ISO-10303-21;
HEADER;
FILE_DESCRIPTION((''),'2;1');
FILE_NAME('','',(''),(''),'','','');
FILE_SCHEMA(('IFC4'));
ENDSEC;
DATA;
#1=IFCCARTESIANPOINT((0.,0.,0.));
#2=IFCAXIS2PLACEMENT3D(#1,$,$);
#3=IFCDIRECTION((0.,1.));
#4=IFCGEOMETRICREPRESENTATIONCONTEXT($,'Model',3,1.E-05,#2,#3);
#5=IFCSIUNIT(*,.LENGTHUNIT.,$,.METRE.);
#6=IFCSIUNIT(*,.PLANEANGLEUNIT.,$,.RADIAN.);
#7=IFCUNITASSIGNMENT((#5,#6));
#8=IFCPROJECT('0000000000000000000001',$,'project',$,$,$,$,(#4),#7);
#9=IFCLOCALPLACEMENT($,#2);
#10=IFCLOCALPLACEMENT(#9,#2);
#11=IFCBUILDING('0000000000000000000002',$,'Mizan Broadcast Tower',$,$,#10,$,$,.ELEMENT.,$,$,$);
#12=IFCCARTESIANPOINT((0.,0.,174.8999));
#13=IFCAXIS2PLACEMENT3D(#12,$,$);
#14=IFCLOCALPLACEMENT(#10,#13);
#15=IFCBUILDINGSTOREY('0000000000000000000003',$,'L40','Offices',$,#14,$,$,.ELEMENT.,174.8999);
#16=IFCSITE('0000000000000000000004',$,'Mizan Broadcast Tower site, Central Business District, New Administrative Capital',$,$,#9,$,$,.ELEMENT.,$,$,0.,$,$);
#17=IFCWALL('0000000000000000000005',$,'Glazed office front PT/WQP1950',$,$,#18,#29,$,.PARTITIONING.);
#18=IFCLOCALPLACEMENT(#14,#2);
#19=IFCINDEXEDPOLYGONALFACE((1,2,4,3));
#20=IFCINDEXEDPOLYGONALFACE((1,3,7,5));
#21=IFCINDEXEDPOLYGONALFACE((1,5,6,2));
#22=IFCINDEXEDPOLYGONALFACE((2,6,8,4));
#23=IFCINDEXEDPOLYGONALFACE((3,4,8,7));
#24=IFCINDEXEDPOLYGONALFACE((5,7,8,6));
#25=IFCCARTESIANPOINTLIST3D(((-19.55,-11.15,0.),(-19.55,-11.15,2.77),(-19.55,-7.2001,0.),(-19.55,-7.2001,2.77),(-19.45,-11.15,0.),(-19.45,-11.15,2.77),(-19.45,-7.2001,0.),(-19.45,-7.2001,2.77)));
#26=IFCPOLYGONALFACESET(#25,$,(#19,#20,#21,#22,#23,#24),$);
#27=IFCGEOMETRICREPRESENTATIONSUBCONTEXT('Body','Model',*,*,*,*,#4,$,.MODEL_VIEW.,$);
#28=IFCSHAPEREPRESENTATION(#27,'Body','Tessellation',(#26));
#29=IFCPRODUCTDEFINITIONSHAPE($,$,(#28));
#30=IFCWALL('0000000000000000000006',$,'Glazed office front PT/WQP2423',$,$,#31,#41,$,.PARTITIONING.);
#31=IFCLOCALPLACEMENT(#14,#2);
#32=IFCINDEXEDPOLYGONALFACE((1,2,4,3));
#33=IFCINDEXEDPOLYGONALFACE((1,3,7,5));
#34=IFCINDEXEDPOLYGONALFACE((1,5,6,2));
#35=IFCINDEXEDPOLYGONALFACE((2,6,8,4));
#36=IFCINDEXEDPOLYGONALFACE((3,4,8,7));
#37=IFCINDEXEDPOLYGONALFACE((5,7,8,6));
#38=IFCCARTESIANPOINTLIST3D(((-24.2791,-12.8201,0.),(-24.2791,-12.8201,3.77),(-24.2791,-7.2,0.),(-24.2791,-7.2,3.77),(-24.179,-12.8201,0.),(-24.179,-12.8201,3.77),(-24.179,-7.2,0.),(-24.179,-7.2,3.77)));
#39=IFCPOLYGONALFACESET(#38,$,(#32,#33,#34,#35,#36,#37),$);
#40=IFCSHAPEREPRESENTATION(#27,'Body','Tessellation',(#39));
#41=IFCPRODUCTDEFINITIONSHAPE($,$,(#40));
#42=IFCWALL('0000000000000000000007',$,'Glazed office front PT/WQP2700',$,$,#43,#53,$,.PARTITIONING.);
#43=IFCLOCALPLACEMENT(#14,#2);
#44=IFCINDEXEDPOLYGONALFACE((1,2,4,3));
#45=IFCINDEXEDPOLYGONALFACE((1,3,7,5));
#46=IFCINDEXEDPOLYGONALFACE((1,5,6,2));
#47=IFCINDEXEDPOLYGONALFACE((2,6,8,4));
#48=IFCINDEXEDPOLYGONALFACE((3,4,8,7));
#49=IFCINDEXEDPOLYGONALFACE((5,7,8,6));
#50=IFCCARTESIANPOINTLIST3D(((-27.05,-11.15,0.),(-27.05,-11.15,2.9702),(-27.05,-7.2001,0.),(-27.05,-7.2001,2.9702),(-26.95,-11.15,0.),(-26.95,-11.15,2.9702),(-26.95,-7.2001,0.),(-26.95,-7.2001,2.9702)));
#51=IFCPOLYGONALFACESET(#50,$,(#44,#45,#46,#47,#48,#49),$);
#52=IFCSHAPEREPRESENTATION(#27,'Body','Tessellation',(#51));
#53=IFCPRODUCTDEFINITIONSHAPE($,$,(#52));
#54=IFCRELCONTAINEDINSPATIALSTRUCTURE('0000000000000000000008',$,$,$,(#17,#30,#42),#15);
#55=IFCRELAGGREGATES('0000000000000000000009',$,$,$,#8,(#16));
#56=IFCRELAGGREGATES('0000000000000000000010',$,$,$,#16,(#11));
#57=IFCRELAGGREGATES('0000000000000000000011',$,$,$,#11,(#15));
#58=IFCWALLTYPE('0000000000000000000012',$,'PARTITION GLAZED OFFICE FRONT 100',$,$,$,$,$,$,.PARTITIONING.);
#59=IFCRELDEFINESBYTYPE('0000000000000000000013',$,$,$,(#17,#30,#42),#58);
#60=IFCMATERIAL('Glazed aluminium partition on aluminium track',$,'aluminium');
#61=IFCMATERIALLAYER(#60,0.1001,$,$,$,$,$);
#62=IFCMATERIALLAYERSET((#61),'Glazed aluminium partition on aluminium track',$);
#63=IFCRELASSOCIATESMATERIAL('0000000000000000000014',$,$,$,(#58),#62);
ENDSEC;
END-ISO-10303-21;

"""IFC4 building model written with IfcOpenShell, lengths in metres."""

from ifc_helpers import new_model, si_unit, direction, frame, frame_2d, origin, place, context, subcontext, project, spatial, rectangle, extrude, material, layer, layer_set, type_object, element, save


model = new_model("IFC4")

# Units and contexts
model_context = context("Model", 3, precision=1e-05, world=origin(), true_north=direction((0.0, 1.0)))
body_context = subcontext(model_context, "Body", "Model", "MODEL_VIEW")
ifc_project = project(units=[si_unit("LENGTHUNIT", "METRE"), si_unit("PLANEANGLEUNIT", "RADIAN")], contexts=[model_context])

# Site, building, storey
site_placement = place(None, origin())
site = spatial("IfcSite", under=ifc_project, at=site_placement, Name="Mizan Broadcast Tower site, Central Business District, New Administrative Capital", CompositionType="ELEMENT", RefElevation=0.0)
building_placement = place(site_placement, origin())
building = spatial("IfcBuilding", under=site, at=building_placement, Name="Mizan Broadcast Tower", CompositionType="ELEMENT")
storey_placement = place(building_placement, frame((0.0, 0.0, 174.8999)))
storey = spatial("IfcBuildingStorey", under=building, at=storey_placement, Name="L40", Description="Offices", CompositionType="ELEMENT", Elevation=174.8999)

# Shared definitions
ifc_material_1 = material(Name="Glazed aluminium partition on aluminium track", Category="aluminium")
ifc_layer_1 = layer(ifc_material_1, 0.1001)
ifc_layer_set_1 = layer_set([ifc_layer_1], Name="Glazed aluminium partition on aluminium track")
wall_type_1 = type_object("IfcWallType", Name="PARTITION GLAZED OFFICE FRONT 100", PredefinedType="PARTITIONING", material=ifc_layer_set_1)

# Walls
wall_1_placement = place(storey_placement, frame((-19.5, -7.2, 0.0), z_axis=(0.0, 0.0, 1.0), x_axis=(0.0, -1.0, 0.0)))
element("IfcWall", 1, at=wall_1_placement, inside=storey, type_object=wall_type_1, Name="Glazed office front PT/WQP1950", PredefinedType="PARTITIONING", context=body_context, shape_type="SweptSolid", body=[
    extrude(rectangle(XDim=3.95, YDim=0.1001, at=frame_2d((1.9751, 0.0))), origin(), (0.0, 0.0, 1.0), 2.77),
])
wall_2_placement = place(storey_placement, frame((-24.229, -7.2, 0.0), z_axis=(0.0, 0.0, 1.0), x_axis=(0.0, -1.0, 0.0)))
element("IfcWall", 2, at=wall_2_placement, inside=storey, type_object=wall_type_1, Name="Glazed office front PT/WQP2423", PredefinedType="PARTITIONING", context=body_context, shape_type="SweptSolid", body=[
    extrude(rectangle(XDim=5.6201, YDim=0.1001, at=frame_2d((2.8101, 0.0))), origin(), (0.0, 0.0, 1.0), 3.77),
])
wall_3_placement = place(storey_placement, frame((-27.0, -7.2, 0.0), z_axis=(0.0, 0.0, 1.0), x_axis=(0.0, -1.0, 0.0)))
element("IfcWall", 3, at=wall_3_placement, inside=storey, type_object=wall_type_1, Name="Glazed office front PT/WQP2700", PredefinedType="PARTITIONING", context=body_context, shape_type="SweptSolid", body=[
    extrude(rectangle(XDim=3.95, YDim=0.1001, at=frame_2d((1.9751, 0.0))), origin(), (0.0, 0.0, 1.0), 2.9702),
])

save(model, "model.ifc")
